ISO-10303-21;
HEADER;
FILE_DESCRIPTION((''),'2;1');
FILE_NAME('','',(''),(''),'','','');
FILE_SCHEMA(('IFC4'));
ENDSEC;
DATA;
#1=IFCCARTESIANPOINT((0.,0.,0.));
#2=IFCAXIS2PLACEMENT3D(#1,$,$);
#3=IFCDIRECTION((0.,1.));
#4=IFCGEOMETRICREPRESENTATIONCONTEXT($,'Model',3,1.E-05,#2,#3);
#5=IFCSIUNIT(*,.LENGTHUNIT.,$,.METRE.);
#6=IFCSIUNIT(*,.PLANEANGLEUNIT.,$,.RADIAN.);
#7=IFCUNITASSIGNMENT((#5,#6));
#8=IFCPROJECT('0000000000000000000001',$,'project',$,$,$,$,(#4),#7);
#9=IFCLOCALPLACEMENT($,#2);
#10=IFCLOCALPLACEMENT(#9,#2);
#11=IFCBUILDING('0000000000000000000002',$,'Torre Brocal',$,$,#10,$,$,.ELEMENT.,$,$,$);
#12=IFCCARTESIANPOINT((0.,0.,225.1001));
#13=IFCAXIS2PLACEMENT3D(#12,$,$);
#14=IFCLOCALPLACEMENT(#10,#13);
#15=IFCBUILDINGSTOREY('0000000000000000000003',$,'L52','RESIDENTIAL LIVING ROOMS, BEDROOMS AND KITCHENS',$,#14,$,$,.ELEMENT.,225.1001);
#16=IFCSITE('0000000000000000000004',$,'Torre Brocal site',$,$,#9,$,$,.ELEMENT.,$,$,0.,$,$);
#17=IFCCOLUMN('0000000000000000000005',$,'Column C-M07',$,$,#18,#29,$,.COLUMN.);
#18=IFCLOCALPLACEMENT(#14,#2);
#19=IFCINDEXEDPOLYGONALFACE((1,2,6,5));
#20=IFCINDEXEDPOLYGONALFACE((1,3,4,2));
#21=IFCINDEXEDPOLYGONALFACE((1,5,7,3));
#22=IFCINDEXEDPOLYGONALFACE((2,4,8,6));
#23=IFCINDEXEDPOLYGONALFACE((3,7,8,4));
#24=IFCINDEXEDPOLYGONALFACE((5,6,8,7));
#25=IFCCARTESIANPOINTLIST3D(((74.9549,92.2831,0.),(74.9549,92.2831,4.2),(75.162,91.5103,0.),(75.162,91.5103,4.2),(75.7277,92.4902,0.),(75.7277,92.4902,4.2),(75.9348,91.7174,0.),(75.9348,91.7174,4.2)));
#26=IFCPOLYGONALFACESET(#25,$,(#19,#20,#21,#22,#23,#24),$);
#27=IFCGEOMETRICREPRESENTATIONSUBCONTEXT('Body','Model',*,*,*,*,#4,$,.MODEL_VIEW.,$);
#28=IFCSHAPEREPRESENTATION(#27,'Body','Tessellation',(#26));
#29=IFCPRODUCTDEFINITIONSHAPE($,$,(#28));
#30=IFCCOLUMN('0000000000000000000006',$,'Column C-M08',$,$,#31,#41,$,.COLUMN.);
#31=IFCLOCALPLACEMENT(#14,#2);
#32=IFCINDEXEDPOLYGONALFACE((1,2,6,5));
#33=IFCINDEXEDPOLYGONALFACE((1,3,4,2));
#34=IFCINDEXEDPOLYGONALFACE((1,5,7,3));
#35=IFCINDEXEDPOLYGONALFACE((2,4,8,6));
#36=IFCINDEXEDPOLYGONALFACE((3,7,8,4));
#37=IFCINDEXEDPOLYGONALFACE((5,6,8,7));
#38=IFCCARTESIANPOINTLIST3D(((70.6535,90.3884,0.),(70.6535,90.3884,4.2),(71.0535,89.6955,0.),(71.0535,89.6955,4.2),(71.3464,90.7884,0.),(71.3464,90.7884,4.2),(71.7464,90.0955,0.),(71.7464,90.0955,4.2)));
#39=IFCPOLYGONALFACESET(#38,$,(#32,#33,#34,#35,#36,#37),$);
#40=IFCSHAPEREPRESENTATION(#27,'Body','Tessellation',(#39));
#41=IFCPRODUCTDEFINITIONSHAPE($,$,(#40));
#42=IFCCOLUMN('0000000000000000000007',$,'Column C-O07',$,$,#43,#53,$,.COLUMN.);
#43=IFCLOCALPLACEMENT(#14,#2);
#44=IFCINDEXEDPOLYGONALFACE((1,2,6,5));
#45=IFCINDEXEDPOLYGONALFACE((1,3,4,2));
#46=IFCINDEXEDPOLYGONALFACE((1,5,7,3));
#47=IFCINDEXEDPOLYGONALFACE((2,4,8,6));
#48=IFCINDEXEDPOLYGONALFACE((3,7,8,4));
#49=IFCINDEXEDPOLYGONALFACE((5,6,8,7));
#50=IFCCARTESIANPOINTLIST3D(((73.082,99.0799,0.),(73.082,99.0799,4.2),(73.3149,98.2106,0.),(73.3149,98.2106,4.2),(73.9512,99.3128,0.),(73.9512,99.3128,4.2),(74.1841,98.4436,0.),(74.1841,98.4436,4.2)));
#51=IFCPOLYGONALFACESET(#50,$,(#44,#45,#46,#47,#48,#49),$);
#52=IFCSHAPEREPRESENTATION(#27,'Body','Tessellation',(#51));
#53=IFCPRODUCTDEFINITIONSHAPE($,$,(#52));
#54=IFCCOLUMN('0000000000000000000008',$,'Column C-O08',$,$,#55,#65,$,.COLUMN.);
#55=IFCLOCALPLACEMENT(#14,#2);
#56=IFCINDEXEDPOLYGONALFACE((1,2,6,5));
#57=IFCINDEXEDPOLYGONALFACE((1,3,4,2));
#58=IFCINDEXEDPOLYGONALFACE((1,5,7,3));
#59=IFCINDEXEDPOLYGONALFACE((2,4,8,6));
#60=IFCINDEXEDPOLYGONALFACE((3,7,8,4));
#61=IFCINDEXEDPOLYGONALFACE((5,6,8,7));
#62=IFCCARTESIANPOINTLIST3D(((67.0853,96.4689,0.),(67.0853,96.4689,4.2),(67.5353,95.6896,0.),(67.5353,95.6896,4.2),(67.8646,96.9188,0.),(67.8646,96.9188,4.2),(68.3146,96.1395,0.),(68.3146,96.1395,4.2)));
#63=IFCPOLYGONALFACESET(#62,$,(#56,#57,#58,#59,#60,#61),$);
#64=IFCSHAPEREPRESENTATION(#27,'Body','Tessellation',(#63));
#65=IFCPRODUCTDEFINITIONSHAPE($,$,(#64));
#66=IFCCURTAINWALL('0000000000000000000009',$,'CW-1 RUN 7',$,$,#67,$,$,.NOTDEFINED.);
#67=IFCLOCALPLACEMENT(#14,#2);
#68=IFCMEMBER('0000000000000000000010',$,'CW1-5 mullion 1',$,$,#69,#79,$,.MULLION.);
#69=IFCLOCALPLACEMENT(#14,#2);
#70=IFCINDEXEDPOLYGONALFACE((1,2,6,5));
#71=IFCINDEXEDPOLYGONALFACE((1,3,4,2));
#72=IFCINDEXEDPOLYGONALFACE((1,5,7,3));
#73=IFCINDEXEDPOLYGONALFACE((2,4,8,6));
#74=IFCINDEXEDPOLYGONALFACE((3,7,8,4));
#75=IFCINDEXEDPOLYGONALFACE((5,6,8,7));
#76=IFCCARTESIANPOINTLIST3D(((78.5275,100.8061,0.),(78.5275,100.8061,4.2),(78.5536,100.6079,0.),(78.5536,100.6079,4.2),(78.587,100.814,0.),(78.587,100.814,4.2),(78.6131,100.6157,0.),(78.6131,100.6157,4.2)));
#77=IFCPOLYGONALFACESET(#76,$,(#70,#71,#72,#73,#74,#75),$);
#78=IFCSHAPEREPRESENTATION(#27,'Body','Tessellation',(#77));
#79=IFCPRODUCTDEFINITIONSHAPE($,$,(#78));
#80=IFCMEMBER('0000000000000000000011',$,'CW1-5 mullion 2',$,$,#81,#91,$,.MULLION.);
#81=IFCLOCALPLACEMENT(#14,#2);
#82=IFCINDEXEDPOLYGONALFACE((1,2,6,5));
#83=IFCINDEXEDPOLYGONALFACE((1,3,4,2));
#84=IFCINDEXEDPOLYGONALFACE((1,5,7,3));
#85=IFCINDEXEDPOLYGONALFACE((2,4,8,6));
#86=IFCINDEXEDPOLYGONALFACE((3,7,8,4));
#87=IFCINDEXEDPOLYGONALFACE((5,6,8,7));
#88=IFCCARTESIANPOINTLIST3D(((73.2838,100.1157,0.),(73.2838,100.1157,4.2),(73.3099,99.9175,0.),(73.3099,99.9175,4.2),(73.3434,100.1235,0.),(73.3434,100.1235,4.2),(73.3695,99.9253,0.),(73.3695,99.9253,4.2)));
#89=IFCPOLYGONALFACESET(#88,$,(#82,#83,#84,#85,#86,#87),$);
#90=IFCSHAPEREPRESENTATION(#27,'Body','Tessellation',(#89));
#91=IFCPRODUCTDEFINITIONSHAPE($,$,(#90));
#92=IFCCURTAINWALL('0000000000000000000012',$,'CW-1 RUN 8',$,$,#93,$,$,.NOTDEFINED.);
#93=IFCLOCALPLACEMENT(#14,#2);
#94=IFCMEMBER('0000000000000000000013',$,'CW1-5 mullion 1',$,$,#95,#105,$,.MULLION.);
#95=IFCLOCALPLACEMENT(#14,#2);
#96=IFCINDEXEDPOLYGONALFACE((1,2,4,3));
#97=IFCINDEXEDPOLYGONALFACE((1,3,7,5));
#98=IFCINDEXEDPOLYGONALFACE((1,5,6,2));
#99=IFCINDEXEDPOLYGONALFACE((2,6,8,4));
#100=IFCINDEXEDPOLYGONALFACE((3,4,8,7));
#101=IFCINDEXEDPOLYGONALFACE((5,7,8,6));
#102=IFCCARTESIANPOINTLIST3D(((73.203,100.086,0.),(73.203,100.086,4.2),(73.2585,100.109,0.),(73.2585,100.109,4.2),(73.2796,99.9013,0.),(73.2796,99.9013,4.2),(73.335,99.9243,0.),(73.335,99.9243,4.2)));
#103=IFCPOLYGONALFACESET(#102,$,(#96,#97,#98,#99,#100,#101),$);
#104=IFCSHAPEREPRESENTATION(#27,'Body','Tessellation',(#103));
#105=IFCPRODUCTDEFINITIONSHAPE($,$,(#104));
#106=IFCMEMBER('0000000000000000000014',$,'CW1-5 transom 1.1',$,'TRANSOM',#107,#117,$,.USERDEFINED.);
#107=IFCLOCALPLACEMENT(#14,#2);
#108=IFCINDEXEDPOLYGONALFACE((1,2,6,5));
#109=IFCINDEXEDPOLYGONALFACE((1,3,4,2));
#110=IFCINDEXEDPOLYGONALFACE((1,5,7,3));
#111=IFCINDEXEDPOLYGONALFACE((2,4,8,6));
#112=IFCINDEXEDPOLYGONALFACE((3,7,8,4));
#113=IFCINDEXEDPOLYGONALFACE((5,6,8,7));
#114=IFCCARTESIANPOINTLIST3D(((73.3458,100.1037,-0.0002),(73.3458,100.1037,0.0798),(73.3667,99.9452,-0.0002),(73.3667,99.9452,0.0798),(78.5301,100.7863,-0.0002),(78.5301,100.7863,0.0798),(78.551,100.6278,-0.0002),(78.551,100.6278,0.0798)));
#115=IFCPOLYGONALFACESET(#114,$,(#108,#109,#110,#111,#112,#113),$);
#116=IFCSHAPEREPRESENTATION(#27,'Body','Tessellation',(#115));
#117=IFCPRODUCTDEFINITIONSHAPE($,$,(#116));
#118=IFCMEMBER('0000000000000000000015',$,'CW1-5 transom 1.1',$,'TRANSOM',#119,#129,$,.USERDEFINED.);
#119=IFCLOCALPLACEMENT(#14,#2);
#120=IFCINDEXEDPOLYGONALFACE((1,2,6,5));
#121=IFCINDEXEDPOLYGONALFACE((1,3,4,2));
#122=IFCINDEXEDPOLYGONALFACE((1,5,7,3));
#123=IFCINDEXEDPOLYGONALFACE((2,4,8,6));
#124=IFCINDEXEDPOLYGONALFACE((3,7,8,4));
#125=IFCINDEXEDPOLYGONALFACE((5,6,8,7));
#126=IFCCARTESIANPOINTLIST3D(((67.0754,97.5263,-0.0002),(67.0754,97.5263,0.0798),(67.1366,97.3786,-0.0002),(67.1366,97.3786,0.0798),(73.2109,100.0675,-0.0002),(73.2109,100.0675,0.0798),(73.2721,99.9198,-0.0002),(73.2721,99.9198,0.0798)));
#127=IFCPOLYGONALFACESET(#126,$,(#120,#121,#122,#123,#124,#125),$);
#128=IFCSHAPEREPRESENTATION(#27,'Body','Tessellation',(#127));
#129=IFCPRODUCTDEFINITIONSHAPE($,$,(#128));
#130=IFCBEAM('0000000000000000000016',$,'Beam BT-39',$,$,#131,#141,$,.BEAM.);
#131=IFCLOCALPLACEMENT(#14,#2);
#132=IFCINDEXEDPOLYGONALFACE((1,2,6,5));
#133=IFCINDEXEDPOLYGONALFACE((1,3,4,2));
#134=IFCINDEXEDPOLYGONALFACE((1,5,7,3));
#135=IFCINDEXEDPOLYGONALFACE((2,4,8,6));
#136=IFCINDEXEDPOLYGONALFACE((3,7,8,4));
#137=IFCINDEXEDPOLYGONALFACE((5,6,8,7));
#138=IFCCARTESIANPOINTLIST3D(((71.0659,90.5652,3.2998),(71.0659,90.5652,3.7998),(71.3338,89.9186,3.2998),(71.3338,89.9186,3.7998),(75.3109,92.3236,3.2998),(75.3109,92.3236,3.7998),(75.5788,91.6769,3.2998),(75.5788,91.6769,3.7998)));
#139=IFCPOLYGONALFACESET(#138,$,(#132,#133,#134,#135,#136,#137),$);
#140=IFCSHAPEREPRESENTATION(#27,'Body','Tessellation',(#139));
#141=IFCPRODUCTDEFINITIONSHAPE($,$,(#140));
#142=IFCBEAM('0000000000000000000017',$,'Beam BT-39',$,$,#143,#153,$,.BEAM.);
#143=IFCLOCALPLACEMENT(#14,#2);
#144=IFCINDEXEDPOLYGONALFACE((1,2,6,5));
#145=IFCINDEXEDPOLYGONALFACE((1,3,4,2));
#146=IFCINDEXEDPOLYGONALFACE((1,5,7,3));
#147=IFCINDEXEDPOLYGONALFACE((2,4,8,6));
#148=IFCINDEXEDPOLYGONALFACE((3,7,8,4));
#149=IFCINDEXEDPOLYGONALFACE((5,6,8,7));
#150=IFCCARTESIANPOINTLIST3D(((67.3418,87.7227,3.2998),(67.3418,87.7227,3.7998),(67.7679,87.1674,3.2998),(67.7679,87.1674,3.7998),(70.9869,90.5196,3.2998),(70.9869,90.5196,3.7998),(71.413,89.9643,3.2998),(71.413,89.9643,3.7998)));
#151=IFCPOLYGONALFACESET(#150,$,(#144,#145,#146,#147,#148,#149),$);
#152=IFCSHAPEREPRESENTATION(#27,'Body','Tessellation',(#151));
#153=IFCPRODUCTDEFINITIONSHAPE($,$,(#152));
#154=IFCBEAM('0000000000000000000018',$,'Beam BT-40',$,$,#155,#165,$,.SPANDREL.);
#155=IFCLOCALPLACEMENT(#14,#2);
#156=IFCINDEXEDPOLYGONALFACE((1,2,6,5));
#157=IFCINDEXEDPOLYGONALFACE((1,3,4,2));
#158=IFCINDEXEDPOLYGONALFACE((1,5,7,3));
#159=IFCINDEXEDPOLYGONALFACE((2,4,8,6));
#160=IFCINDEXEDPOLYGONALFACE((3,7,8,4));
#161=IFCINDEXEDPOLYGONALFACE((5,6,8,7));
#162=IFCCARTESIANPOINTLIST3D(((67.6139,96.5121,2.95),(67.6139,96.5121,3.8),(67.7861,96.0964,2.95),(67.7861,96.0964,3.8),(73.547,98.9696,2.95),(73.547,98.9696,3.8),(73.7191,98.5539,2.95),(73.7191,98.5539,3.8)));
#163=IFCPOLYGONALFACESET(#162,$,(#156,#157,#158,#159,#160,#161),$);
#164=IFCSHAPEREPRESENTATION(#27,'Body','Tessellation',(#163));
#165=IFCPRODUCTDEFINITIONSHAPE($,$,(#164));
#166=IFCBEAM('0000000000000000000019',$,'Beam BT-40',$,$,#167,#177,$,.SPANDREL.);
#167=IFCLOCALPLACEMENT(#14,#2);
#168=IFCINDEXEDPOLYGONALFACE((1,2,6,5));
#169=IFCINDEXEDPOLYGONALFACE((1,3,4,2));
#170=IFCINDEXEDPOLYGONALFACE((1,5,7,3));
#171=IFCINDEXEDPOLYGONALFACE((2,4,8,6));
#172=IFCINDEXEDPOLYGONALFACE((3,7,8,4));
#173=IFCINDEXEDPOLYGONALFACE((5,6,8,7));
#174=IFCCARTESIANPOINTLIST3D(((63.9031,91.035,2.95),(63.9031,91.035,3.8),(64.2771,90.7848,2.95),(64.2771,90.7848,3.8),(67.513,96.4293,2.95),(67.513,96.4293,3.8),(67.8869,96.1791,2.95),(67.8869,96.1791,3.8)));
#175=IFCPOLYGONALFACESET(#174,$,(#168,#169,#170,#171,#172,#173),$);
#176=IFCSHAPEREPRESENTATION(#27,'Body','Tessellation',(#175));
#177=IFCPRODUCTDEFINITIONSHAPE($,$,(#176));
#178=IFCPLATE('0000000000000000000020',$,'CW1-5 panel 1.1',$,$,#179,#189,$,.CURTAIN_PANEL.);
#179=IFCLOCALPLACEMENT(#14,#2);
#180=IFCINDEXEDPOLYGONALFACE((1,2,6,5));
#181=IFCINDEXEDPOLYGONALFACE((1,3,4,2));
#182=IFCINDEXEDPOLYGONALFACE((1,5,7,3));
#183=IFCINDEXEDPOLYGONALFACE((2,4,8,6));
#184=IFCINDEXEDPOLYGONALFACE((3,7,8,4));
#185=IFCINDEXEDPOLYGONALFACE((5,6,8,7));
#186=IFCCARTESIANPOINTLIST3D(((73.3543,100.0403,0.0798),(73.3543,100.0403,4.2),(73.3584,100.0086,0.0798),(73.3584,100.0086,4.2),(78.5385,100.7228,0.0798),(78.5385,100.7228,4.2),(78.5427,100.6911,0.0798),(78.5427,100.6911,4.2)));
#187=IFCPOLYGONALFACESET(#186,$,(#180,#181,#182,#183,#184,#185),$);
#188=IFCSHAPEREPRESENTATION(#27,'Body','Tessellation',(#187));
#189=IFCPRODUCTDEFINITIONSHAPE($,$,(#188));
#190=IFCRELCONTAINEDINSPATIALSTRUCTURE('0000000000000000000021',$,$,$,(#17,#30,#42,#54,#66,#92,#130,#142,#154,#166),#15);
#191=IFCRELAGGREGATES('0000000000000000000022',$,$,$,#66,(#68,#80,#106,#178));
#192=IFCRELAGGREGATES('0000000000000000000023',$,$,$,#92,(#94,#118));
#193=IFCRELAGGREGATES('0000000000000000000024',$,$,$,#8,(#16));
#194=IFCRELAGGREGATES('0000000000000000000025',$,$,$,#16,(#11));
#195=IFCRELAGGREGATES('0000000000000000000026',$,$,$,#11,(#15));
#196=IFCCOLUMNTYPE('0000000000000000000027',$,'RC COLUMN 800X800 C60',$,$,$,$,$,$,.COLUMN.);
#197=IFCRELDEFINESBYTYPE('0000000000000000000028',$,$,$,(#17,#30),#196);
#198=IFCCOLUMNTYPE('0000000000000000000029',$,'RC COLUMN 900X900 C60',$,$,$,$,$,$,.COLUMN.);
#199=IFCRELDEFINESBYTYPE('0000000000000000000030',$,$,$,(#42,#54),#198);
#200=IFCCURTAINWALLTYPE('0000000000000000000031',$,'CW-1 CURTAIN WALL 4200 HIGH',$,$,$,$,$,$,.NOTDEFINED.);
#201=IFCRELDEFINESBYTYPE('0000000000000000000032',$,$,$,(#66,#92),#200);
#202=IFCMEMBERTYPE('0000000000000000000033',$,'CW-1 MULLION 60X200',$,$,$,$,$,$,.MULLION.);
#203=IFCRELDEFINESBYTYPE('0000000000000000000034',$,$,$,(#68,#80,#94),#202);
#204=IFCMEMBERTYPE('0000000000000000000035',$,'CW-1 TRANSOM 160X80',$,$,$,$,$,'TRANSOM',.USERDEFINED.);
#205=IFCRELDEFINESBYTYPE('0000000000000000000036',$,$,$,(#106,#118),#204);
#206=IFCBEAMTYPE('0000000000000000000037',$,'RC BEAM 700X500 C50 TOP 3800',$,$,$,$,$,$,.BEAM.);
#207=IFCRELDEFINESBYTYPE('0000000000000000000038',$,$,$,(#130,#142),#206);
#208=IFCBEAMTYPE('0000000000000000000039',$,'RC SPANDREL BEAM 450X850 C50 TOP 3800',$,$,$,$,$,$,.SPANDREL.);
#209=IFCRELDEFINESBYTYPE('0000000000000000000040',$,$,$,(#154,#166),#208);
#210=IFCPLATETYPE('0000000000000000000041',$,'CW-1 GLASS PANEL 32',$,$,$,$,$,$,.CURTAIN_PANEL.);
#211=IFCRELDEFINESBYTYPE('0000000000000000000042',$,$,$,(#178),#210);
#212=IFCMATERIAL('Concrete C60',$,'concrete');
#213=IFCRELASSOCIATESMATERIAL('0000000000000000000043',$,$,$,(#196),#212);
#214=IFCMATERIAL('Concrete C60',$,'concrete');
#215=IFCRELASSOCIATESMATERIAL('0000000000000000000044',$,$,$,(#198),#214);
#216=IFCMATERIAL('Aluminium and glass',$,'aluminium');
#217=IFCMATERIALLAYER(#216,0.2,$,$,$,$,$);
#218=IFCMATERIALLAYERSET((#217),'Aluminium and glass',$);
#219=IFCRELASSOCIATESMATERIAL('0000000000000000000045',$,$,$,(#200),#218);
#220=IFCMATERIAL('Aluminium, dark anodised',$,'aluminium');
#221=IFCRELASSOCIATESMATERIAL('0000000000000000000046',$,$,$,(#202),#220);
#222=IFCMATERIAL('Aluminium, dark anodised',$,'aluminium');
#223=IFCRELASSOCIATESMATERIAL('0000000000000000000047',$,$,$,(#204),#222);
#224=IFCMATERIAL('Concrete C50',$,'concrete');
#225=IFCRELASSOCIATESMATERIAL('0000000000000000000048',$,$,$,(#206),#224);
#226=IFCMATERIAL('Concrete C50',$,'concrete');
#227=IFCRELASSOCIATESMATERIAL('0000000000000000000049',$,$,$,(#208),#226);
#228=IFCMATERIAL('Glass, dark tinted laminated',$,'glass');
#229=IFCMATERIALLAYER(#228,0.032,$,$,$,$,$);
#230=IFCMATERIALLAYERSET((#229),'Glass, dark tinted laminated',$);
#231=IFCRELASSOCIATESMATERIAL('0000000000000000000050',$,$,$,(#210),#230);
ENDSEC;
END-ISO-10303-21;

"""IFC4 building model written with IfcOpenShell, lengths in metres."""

from ifc_helpers import new_model, si_unit, direction, frame, origin, origin_2d, place, context, subcontext, project, spatial, rectangle, extrude, material, layer, layer_set, material_profile, profile_set, type_object, element, aggregate, save


model = new_model("IFC4")

# Units and contexts
model_context = context("Model", 3, precision=1e-05, world=origin(), true_north=direction((0.0, 1.0)))
body_context = subcontext(model_context, "Body", "Model", "MODEL_VIEW")
ifc_project = project(units=[si_unit("LENGTHUNIT", "METRE"), si_unit("PLANEANGLEUNIT", "RADIAN")], contexts=[model_context])

# Site, building, storey
site_placement = place(None, origin())
site = spatial("IfcSite", under=ifc_project, at=site_placement, Name="Torre Brocal site", CompositionType="ELEMENT", RefElevation=0.0)
building_placement = place(site_placement, origin())
building = spatial("IfcBuilding", under=site, at=building_placement, Name="Torre Brocal", CompositionType="ELEMENT")
storey_placement = place(building_placement, frame((0.0, 0.0, 225.1001)))
storey = spatial("IfcBuildingStorey", under=building, at=storey_placement, Name="L52", Description="RESIDENTIAL LIVING ROOMS, BEDROOMS AND KITCHENS", CompositionType="ELEMENT", Elevation=225.1001)

# Columns
ifc_material_1 = material(Name="Concrete C60", Category="concrete")
ifc_material_profile_1 = material_profile(ifc_material_1, rectangle(XDim=0.8, YDim=0.8, at=origin_2d()), Name="RC 800X800")
ifc_profile_set_1 = profile_set([ifc_material_profile_1], Name="Concrete C60")
column_type_1 = type_object("IfcColumnType", Name="RC COLUMN 800X800 C60", PredefinedType="COLUMN", material=ifc_profile_set_1)
for number, where, z_axis, x_axis, name in (
    (1, (75.4448, 92.0002, 0.0), (0.0, 0.0, 1.0), (-0.258819, 0.965926, 0.0), "Column C-M07"),
    (2, (71.2, 90.2419, 0.0), (0.0, 0.0, 1.0), (-0.5, 0.866025, 0.0), "Column C-M08"),
):
    element("IfcColumn", number, at=place(storey_placement, frame(where, z_axis=z_axis, x_axis=x_axis)), inside=storey, type_object=column_type_1, Name=name, PredefinedType="COLUMN", context=body_context, shape_type="SweptSolid", body=[
        extrude(rectangle(XDim=0.8, YDim=0.8, at=origin_2d()), origin(), (0.0, 0.0, 1.0), 4.2),
    ])
ifc_material_2 = material(Name="Concrete C60", Category="concrete")
ifc_material_profile_2 = material_profile(ifc_material_2, rectangle(XDim=0.8999, YDim=0.8999, at=origin_2d()), Name="RC 900X900")
ifc_profile_set_2 = profile_set([ifc_material_profile_2], Name="Concrete C60")
column_type_2 = type_object("IfcColumnType", Name="RC COLUMN 900X900 C60", PredefinedType="COLUMN", material=ifc_profile_set_2)
for number, where, z_axis, x_axis, name in (
    (3, (73.6331, 98.7617, 0.0), (0.0, 0.0, 1.0), (-0.258819, 0.965926, 0.0), "Column C-O07"),
    (4, (67.7, 96.3042, 0.0), (0.0, 0.0, 1.0), (-0.5, 0.866025, 0.0), "Column C-O08"),
):
    element("IfcColumn", number, at=place(storey_placement, frame(where, z_axis=z_axis, x_axis=x_axis)), inside=storey, type_object=column_type_2, Name=name, PredefinedType="COLUMN", context=body_context, shape_type="SweptSolid", body=[
        extrude(rectangle(XDim=0.8999, YDim=0.8999, at=origin_2d()), origin(), (0.0, 0.0, 1.0), 4.2),
    ])

# Curtain wall, members
ifc_material_3 = material(Name="Aluminium and glass", Category="aluminium")
ifc_layer_1 = layer(ifc_material_3, 0.2)
ifc_layer_set_1 = layer_set([ifc_layer_1], Name="Aluminium and glass")
curtain_wall_type = type_object("IfcCurtainWallType", Name="CW-1 CURTAIN WALL 4200 HIGH", PredefinedType="NOTDEFINED", material=ifc_layer_set_1)
curtain_wall_1_placement = place(storey_placement, origin())
curtain_wall_1 = element("IfcCurtainWall", 5, at=curtain_wall_1_placement, inside=storey, type_object=curtain_wall_type, Name="CW-1 RUN 7", PredefinedType="NOTDEFINED")
ifc_material_4 = material(Name="Aluminium, dark anodised", Category="aluminium")
ifc_material_profile_3 = material_profile(ifc_material_4, rectangle(XDim=0.2, YDim=0.0601, at=origin_2d()), Name="CW-1 MULLION 60X200")
ifc_profile_set_3 = profile_set([ifc_material_profile_3], Name="Aluminium, dark anodised")
member_type_1 = type_object("IfcMemberType", Name="CW-1 MULLION 60X200", PredefinedType="MULLION", material=ifc_profile_set_3)
member_1_placement = place(storey_placement, frame((78.5703, 100.7109, 0.0), z_axis=(0.0, 0.0, 1.0), x_axis=(0.130526, -0.991445, 0.0)))
member_1 = element("IfcMember", 6, at=member_1_placement, type_object=member_type_1, Name="CW1-5 mullion 1", PredefinedType="MULLION", context=body_context, shape_type="SweptSolid", body=[
    extrude(rectangle(XDim=0.2, YDim=0.0601, at=origin_2d()), origin(), (0.0, 0.0, 1.0), 4.2),
])
member_2_placement = place(storey_placement, frame((73.3267, 100.0205, 0.0), z_axis=(0.0, 0.0, 1.0), x_axis=(0.130526, -0.991445, 0.0)))
member_2 = element("IfcMember", 7, at=member_2_placement, type_object=member_type_1, Name="CW1-5 mullion 2", PredefinedType="MULLION", context=body_context, shape_type="SweptSolid", body=[
    extrude(rectangle(XDim=0.2, YDim=0.0601, at=origin_2d()), origin(), (0.0, 0.0, 1.0), 4.2),
])

# Curtain wall, member
curtain_wall_2_placement = place(storey_placement, origin())
curtain_wall_2 = element("IfcCurtainWall", 8, at=curtain_wall_2_placement, inside=storey, type_object=curtain_wall_type, Name="CW-1 RUN 8", PredefinedType="NOTDEFINED")
member_3_placement = place(storey_placement, frame((73.269, 100.0051, 0.0), z_axis=(0.0, 0.0, 1.0), x_axis=(0.382683, -0.92388, 0.0)))
member_3 = element("IfcMember", 9, at=member_3_placement, type_object=member_type_1, Name="CW1-5 mullion 1", PredefinedType="MULLION", context=body_context, shape_type="SweptSolid", body=[
    extrude(rectangle(XDim=0.2, YDim=0.0601, at=origin_2d()), origin(), (0.0, 0.0, 1.0), 4.2),
])

# Members
ifc_material_5 = material(Name="Aluminium, dark anodised", Category="aluminium")
ifc_material_profile_4 = material_profile(ifc_material_5, rectangle(XDim=0.1599, YDim=0.0801, at=origin_2d()), Name="CW-1 TRANSOM 160X80")
ifc_profile_set_4 = profile_set([ifc_material_profile_4], Name="Aluminium, dark anodised")
member_type_2 = type_object("IfcMemberType", Name="CW-1 TRANSOM 160X80", ElementType="TRANSOM", PredefinedType="USERDEFINED", material=ifc_profile_set_4)
member_4_placement = place(storey_placement, frame((78.5405, 100.707, 0.0398), z_axis=(-0.991443, -0.130543, 0.0), x_axis=(0.130543, -0.991443, 0.0)))
member_4 = element("IfcMember", 10, at=member_4_placement, type_object=member_type_2, Name="CW1-5 transom 1.1", ObjectType="TRANSOM", PredefinedType="USERDEFINED", context=body_context, shape_type="SweptSolid", body=[
    extrude(rectangle(XDim=0.1599, YDim=0.0801, at=origin_2d()), origin(), (0.0, 0.0, 1.0), 5.229),
])
member_5_placement = place(storey_placement, frame((73.2415, 99.9937, 0.0398), z_axis=(-0.923887, -0.382665, 0.0), x_axis=(0.382665, -0.923887, 0.0)))
member_5 = element("IfcMember", 11, at=member_5_placement, type_object=member_type_2, Name="CW1-5 transom 1.1", ObjectType="TRANSOM", PredefinedType="USERDEFINED", context=body_context, shape_type="SweptSolid", body=[
    extrude(rectangle(XDim=0.1599, YDim=0.0801, at=origin_2d()), origin(), (0.0, 0.0, 1.0), 6.6409),
])

# Beams
ifc_material_6 = material(Name="Concrete C50", Category="concrete")
ifc_material_profile_5 = material_profile(ifc_material_6, rectangle(XDim=0.7, YDim=0.5, at=origin_2d()), Name="RC 700X500")
ifc_profile_set_5 = profile_set([ifc_material_profile_5], Name="Concrete C50")
beam_type_1 = type_object("IfcBeamType", Name="RC BEAM 700X500 C50 TOP 3800", PredefinedType="BEAM", material=ifc_profile_set_5)
beam_1_placement = place(storey_placement, frame((75.4448, 92.0002, 3.5498), z_axis=(-0.923878, -0.382687, 0.0), x_axis=(0.382687, -0.923878, 0.0)))
element("IfcBeam", 12, at=beam_1_placement, inside=storey, type_object=beam_type_1, Name="Beam BT-39", PredefinedType="BEAM", context=body_context, shape_type="SweptSolid", body=[
    extrude(rectangle(XDim=0.7, YDim=0.5, at=origin_2d()), origin(), (0.0, 0.0, 1.0), 4.5947),
])
beam_2_placement = place(storey_placement, frame((71.2, 90.2419, 3.5498), z_axis=(-0.793358, -0.608755, 0.0), x_axis=(0.608755, -0.793358, 0.0)))
element("IfcBeam", 13, at=beam_2_placement, inside=storey, type_object=beam_type_1, Name="Beam BT-39", PredefinedType="BEAM", context=body_context, shape_type="SweptSolid", body=[
    extrude(rectangle(XDim=0.7, YDim=0.5, at=origin_2d()), origin(), (0.0, 0.0, 1.0), 4.5945),
])
ifc_material_7 = material(Name="Concrete C50", Category="concrete")
ifc_material_profile_6 = material_profile(ifc_material_7, rectangle(XDim=0.45, YDim=0.8501, at=origin_2d()), Name="RC 450X850")
ifc_profile_set_6 = profile_set([ifc_material_profile_6], Name="Concrete C50")
beam_type_2 = type_object("IfcBeamType", Name="RC SPANDREL BEAM 450X850 C50 TOP 3800", PredefinedType="SPANDREL", material=ifc_profile_set_6)
beam_3_placement = place(storey_placement, frame((73.6331, 98.7617, 3.375), z_axis=(-0.923882, -0.382676, 0.0), x_axis=(0.382676, -0.923882, 0.0)))
element("IfcBeam", 14, at=beam_3_placement, inside=storey, type_object=beam_type_2, Name="Beam BT-40", PredefinedType="SPANDREL", context=body_context, shape_type="SweptSolid", body=[
    extrude(rectangle(XDim=0.45, YDim=0.8501, at=origin_2d()), origin(), (0.0, 0.0, 1.0), 6.4219),
])
beam_4_placement = place(storey_placement, frame((67.7, 96.3042, 3.375), z_axis=(-0.556158, -0.831077, 0.0), x_axis=(0.831077, -0.556158, 0.0)))
element("IfcBeam", 15, at=beam_4_placement, inside=storey, type_object=beam_type_2, Name="Beam BT-40", PredefinedType="SPANDREL", context=body_context, shape_type="SweptSolid", body=[
    extrude(rectangle(XDim=0.45, YDim=0.8501, at=origin_2d()), origin(), (0.0, 0.0, 1.0), 6.4907),
])

# Plate
ifc_material_8 = material(Name="Glass, dark tinted laminated", Category="glass")
ifc_layer_2 = layer(ifc_material_8, 0.032)
ifc_layer_set_2 = layer_set([ifc_layer_2], Name="Glass, dark tinted laminated")
plate_type = type_object("IfcPlateType", Name="CW-1 GLASS PANEL 32", PredefinedType="CURTAIN_PANEL", material=ifc_layer_set_2)
plate_1_placement = place(storey_placement, frame((75.9485, 100.3657, 0.0798), z_axis=(0.0, 0.0, 1.0), x_axis=(-0.991445, -0.130526, 0.0)))
plate_1 = element("IfcPlate", 16, at=plate_1_placement, type_object=plate_type, Name="CW1-5 panel 1.1", PredefinedType="CURTAIN_PANEL", context=body_context, shape_type="SweptSolid", body=[
    extrude(rectangle(XDim=5.229, YDim=0.032, at=origin_2d()), origin(), (0.0, 0.0, 1.0), 4.1201),
])
aggregate(curtain_wall_1, [member_1, member_2, member_4, plate_1])
aggregate(curtain_wall_2, [member_3, member_5])

save(model, "model.ifc")
